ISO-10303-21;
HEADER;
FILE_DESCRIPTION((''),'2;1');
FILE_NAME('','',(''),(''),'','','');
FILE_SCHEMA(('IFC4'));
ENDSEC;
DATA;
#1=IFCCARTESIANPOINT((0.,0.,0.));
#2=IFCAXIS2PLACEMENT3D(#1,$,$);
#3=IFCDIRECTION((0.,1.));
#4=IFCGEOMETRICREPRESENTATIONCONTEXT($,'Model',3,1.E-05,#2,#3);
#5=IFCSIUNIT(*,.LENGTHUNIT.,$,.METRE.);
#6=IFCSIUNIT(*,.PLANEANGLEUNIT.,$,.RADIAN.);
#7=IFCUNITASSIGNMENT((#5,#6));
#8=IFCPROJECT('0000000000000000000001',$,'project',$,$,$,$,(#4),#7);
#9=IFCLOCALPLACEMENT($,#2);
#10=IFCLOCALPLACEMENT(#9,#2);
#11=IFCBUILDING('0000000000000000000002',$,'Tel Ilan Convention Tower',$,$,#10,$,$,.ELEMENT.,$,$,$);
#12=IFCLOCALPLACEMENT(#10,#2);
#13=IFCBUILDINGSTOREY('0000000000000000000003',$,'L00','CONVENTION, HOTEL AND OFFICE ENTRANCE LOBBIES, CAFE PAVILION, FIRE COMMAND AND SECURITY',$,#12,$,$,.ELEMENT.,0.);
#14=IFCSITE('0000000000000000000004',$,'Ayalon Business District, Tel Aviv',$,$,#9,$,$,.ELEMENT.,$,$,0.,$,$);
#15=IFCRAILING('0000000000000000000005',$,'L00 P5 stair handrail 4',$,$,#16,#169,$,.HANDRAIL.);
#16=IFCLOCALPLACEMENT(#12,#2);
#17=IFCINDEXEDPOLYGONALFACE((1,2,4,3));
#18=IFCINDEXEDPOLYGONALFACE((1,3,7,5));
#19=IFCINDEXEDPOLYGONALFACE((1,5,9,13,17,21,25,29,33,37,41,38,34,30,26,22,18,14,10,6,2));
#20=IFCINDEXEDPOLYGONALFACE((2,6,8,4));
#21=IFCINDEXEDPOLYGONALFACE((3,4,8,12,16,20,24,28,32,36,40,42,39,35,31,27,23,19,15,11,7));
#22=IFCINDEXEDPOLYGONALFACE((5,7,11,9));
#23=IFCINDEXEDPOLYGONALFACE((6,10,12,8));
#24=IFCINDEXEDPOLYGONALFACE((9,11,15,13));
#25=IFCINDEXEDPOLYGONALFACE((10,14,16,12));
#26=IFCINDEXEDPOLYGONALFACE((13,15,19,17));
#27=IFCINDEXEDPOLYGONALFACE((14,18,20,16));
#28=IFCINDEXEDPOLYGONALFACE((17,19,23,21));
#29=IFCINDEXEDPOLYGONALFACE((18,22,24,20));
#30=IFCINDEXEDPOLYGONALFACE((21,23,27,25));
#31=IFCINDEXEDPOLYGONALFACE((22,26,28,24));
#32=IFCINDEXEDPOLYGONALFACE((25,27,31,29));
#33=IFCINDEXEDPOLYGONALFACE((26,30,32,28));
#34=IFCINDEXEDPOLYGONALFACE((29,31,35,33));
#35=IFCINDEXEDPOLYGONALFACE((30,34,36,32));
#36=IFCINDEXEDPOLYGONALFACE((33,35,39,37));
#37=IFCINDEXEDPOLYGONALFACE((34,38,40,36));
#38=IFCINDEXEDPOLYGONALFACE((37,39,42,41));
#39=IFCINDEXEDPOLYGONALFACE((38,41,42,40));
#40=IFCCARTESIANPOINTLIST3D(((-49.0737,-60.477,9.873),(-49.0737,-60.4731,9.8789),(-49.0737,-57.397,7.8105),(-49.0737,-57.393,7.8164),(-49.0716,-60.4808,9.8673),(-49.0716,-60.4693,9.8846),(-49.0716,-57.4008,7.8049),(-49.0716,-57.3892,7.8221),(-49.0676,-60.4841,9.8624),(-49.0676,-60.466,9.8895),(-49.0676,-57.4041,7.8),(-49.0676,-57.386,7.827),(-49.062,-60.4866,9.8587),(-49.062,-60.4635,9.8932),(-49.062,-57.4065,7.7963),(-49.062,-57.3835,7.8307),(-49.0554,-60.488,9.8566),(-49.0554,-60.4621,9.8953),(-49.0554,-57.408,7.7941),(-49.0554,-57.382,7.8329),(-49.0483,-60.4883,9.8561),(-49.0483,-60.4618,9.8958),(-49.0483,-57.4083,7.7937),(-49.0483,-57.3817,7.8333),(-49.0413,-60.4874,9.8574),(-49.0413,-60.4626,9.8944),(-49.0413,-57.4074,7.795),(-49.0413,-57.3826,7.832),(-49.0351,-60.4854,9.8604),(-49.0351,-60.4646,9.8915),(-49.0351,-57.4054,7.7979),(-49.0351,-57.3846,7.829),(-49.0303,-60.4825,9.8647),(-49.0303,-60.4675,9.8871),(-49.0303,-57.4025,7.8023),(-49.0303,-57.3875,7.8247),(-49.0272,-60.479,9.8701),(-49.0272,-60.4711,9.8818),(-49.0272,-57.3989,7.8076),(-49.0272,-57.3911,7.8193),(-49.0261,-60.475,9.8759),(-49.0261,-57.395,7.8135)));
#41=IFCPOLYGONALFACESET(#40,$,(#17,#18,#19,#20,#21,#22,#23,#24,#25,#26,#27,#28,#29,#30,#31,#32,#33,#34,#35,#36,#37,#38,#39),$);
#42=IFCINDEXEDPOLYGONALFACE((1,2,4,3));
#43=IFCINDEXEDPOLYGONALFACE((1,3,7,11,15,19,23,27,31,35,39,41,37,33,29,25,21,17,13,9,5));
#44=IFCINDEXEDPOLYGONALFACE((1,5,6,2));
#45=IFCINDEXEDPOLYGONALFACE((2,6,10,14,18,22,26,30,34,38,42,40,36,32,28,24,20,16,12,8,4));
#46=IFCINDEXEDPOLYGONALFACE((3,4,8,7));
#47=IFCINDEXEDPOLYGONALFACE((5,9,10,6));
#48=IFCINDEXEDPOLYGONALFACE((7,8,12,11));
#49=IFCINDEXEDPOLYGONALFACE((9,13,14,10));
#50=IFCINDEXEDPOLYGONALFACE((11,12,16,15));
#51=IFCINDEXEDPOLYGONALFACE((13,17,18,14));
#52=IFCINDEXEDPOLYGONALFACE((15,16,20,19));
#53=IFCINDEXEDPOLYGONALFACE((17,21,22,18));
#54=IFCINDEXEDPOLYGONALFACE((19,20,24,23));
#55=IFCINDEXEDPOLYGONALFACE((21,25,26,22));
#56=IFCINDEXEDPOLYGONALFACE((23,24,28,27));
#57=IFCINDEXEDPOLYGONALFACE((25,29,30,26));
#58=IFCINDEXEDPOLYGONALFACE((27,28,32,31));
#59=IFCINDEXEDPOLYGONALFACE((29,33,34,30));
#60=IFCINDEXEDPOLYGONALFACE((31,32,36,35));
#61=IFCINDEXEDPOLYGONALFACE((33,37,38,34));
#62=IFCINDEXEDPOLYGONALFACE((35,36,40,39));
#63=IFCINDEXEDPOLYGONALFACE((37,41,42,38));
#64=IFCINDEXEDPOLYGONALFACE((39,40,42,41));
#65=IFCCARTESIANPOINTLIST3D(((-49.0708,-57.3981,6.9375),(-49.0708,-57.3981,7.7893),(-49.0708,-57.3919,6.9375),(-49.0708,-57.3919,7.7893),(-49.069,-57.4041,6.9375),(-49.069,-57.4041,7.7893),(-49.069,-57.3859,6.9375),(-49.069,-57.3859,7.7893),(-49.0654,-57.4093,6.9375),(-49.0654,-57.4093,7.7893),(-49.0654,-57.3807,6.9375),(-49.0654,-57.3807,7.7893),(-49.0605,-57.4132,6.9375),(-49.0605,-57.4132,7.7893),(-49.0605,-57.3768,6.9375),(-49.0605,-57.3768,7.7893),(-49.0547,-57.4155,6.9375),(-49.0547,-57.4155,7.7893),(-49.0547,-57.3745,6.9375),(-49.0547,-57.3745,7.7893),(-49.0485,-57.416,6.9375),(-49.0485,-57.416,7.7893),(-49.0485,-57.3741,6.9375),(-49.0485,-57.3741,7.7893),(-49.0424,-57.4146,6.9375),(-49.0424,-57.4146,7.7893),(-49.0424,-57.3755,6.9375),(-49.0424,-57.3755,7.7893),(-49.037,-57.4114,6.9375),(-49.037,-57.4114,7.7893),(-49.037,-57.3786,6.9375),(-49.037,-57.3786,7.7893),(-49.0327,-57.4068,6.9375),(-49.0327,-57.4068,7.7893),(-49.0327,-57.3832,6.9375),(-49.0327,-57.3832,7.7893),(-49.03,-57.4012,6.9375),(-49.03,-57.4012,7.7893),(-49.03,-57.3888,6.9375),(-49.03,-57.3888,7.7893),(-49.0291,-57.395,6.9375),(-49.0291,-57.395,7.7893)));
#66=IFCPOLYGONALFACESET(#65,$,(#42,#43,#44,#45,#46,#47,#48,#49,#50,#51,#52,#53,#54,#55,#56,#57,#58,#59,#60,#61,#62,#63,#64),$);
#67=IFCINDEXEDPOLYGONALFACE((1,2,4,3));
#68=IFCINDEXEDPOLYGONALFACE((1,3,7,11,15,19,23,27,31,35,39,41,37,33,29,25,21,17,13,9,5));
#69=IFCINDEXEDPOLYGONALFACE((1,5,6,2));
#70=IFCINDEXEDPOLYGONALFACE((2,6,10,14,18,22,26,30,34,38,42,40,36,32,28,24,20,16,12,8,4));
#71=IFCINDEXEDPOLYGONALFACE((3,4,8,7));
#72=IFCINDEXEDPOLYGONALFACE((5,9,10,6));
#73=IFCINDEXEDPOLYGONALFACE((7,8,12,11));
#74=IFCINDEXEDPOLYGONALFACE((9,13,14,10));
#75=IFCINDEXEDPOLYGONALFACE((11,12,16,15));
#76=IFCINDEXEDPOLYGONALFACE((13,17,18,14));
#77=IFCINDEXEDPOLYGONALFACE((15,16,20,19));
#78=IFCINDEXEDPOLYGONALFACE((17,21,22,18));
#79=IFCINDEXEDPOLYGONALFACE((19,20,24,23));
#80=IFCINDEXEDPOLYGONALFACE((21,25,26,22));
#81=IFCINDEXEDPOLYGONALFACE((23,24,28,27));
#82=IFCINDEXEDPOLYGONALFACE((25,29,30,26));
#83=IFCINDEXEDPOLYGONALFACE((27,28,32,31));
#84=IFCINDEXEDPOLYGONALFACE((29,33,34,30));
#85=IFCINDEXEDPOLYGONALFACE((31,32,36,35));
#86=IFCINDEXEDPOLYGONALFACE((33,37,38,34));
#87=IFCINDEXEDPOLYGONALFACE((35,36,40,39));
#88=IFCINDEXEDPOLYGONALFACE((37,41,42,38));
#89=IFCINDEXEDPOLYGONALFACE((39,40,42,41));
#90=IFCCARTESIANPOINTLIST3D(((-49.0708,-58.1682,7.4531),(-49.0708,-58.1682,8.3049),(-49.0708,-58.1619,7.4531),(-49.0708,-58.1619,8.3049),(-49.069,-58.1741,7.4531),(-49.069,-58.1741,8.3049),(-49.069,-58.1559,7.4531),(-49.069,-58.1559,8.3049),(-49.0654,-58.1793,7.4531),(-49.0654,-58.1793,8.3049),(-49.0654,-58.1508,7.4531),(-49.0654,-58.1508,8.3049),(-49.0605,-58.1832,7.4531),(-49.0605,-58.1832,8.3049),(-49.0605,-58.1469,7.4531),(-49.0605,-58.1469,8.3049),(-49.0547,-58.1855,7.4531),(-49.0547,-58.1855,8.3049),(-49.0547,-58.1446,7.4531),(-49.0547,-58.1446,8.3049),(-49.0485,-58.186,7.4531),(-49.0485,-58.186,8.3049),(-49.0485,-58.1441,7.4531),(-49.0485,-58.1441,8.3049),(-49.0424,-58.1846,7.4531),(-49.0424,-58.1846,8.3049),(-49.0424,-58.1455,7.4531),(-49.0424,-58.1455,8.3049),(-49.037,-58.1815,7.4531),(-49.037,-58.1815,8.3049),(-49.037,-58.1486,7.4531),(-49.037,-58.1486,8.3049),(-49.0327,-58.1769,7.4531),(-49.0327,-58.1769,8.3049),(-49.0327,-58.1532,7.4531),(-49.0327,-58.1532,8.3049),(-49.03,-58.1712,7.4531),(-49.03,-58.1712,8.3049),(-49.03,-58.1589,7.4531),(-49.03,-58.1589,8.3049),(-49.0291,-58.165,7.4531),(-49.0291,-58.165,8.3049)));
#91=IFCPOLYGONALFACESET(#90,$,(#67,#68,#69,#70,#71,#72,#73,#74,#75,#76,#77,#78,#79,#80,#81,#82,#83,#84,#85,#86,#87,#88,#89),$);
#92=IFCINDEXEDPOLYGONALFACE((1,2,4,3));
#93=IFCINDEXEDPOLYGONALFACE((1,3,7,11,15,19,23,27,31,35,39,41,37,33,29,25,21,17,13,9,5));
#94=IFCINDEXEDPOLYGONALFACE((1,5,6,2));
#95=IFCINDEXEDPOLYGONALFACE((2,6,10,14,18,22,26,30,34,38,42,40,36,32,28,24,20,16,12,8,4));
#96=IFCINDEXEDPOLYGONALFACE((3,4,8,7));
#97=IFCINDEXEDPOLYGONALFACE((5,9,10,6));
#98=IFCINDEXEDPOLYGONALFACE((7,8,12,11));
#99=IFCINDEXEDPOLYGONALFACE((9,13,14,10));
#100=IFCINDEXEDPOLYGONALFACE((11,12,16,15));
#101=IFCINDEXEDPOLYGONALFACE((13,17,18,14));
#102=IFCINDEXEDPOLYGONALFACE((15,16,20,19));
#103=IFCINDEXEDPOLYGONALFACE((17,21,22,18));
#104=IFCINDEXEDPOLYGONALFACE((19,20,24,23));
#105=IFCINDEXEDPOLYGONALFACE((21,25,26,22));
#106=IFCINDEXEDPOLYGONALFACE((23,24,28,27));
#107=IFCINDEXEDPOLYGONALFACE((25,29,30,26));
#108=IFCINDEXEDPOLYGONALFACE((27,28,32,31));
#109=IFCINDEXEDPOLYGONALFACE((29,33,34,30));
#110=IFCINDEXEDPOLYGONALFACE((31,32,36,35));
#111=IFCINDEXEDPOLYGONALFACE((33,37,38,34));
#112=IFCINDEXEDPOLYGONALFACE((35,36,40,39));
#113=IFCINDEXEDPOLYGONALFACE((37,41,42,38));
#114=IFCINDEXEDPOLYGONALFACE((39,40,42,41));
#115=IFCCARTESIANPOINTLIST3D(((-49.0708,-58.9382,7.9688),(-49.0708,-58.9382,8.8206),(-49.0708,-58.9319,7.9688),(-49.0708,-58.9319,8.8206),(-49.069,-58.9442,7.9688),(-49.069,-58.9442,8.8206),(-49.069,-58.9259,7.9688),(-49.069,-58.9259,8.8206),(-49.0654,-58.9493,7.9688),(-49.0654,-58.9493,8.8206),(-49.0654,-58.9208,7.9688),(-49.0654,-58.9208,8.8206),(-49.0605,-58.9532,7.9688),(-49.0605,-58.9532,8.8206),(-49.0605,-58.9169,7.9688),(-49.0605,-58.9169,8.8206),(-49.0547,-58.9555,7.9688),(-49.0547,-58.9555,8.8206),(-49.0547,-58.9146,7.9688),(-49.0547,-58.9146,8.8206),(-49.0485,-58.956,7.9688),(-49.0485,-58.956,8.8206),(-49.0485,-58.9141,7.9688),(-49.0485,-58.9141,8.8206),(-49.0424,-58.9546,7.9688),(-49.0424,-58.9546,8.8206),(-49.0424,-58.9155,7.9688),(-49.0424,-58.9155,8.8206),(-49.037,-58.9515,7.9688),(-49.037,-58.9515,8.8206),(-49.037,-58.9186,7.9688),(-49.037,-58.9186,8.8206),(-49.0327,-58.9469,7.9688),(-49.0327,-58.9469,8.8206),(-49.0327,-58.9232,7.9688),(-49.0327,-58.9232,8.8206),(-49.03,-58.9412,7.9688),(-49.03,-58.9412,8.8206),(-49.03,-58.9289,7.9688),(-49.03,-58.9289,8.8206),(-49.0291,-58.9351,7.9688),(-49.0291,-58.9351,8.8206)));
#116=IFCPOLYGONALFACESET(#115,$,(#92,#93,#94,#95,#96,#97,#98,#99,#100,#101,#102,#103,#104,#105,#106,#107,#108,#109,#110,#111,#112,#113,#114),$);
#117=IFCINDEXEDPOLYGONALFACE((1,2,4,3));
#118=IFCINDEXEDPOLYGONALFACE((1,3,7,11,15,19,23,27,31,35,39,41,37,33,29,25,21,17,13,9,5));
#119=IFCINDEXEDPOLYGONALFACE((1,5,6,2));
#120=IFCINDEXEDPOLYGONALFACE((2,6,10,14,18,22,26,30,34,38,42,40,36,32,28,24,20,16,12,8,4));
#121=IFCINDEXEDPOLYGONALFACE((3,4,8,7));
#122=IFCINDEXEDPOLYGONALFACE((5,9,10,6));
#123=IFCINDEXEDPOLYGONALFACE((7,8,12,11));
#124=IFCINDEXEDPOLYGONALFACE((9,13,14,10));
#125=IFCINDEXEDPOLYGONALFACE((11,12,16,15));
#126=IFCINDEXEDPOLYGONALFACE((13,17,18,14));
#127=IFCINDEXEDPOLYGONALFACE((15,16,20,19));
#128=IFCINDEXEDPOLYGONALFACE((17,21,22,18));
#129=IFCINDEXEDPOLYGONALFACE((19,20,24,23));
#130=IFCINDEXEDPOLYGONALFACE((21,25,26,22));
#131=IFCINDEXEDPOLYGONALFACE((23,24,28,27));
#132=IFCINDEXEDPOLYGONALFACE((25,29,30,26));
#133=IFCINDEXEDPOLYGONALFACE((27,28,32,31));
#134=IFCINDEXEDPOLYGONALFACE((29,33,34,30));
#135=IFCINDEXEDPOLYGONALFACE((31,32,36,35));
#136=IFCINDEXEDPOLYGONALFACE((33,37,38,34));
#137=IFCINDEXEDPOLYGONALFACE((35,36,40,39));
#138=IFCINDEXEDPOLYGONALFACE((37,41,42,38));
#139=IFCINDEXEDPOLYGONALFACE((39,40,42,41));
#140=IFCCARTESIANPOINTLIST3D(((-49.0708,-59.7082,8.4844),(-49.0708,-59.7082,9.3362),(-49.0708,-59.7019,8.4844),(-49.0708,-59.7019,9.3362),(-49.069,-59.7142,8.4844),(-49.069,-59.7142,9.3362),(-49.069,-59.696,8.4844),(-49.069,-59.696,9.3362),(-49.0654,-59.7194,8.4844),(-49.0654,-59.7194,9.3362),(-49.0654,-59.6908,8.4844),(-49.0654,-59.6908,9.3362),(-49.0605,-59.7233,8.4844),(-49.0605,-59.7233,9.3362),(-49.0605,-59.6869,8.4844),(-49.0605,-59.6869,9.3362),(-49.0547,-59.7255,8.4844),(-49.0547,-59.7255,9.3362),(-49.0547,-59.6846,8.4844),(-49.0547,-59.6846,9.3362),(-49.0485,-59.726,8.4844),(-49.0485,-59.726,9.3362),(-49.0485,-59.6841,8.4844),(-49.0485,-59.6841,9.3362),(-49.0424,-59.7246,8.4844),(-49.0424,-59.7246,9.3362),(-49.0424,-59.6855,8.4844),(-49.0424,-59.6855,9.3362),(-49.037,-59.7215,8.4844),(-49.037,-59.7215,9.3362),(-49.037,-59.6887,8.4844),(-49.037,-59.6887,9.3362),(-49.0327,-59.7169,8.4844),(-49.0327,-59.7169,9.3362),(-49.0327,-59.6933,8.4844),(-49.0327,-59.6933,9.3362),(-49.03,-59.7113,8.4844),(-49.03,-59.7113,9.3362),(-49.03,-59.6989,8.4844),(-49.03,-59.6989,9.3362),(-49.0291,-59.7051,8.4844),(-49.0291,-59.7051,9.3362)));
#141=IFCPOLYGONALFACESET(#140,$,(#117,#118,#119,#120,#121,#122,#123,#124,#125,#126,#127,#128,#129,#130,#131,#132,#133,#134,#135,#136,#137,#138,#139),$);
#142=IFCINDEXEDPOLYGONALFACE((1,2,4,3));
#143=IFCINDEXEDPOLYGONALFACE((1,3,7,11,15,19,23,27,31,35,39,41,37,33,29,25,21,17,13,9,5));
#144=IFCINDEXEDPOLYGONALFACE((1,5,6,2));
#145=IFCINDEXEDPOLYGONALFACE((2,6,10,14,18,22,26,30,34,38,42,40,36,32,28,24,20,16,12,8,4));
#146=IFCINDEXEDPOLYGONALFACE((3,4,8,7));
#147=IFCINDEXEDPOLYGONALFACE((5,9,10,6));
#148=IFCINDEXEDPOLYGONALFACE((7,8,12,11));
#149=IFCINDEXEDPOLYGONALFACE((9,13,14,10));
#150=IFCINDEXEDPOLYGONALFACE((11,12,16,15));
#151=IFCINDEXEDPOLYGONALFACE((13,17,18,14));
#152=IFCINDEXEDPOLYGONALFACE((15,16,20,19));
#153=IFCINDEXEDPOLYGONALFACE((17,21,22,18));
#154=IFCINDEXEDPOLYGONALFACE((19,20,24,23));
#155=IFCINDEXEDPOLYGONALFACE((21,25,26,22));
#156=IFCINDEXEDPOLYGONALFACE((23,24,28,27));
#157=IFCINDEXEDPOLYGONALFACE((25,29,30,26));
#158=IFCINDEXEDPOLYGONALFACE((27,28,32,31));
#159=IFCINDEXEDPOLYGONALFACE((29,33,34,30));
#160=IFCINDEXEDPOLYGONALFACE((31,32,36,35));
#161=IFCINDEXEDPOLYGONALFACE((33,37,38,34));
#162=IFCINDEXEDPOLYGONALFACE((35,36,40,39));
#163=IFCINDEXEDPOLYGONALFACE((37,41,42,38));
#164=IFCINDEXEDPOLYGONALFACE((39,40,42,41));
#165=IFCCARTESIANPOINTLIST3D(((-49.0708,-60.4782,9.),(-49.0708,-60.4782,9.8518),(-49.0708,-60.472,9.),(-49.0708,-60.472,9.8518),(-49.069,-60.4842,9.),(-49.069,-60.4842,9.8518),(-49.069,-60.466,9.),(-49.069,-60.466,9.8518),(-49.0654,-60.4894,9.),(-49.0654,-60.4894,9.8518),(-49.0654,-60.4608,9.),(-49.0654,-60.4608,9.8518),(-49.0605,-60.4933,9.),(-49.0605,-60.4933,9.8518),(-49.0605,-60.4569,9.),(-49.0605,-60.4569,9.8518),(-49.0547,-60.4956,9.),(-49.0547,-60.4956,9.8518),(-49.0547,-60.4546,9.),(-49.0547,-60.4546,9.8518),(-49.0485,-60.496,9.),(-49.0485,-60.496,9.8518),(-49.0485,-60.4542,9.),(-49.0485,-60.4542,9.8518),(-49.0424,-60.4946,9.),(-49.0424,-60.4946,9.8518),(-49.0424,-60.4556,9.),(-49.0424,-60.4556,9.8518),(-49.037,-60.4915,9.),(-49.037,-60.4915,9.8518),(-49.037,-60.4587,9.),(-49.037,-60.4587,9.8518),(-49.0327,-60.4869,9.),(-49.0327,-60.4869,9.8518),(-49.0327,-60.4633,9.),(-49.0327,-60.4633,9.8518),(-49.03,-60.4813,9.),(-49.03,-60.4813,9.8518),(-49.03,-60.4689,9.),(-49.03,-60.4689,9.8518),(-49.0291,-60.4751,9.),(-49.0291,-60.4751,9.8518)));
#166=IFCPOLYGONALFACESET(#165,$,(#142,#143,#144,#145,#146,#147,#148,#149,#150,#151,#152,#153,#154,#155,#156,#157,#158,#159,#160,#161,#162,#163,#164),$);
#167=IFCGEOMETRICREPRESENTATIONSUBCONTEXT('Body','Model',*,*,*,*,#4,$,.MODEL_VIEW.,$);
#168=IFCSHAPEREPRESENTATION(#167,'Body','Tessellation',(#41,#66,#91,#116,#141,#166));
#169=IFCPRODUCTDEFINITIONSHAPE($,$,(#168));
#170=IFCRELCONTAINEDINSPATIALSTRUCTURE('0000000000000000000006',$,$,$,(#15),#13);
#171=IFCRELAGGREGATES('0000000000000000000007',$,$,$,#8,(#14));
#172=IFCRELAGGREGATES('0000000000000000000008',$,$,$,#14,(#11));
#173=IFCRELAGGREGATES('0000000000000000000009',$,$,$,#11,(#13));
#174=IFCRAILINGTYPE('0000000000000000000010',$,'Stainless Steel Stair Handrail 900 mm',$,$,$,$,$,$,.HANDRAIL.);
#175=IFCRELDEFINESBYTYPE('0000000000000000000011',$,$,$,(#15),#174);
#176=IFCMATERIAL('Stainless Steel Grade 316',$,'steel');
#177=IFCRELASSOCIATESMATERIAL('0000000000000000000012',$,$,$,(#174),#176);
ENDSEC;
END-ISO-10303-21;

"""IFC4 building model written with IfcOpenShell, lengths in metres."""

from ifc_helpers import new_model, si_unit, direction, frame, origin, origin_2d, place, context, subcontext, project, spatial, circle, extrude, material, type_object, element, save


model = new_model("IFC4")

# Units and contexts
model_context = context("Model", 3, precision=1e-05, world=origin(), true_north=direction((0.0, 1.0)))
body_context = subcontext(model_context, "Body", "Model", "MODEL_VIEW")
ifc_project = project(units=[si_unit("LENGTHUNIT", "METRE"), si_unit("PLANEANGLEUNIT", "RADIAN")], contexts=[model_context])

# Site, building, storey
site_placement = place(None, origin())
site = spatial("IfcSite", under=ifc_project, at=site_placement, Name="Ayalon Business District, Tel Aviv", CompositionType="ELEMENT", RefElevation=0.0)
building_placement = place(site_placement, origin())
building = spatial("IfcBuilding", under=site, at=building_placement, Name="Tel Ilan Convention Tower", CompositionType="ELEMENT")
storey_placement = place(building_placement, origin())
storey = spatial("IfcBuildingStorey", under=building, at=storey_placement, Name="L00", Description="CONVENTION, HOTEL AND OFFICE ENTRANCE LOBBIES, CAFE PAVILION, FIRE COMMAND AND SECURITY", CompositionType="ELEMENT", Elevation=0.0)

# Railing
ifc_material_1 = material(Name="Stainless Steel Grade 316", Category="steel")
railing_type_1 = type_object("IfcRailingType", Name="Stainless Steel Stair Handrail 900 mm", PredefinedType="HANDRAIL", material=ifc_material_1)
for number, where, name in (
    (1, (-49.05, -57.395, 6.9375), "L00 P5 stair handrail 4"),
):
    element("IfcRailing", number, at=place(storey_placement, frame(where)), inside=storey, type_object=railing_type_1, Name=name, PredefinedType="HANDRAIL", context=body_context, shape_type="SweptSolid", body=[
        extrude(circle(Radius=0.0239, at=origin_2d()), frame((0.0, 0.0, 0.876), z_axis=(0.0, -0.830914, 0.556401), x_axis=(1.0, 0.0, 0.0)), (0.0, 0.0, 1.0), 3.7068),
        extrude(circle(Radius=0.021, at=origin_2d()), origin(), (0.0, 0.0, 1.0), 0.8518),
        extrude(circle(Radius=0.021, at=origin_2d()), frame((0.0, -0.77, 0.5156)), (0.0, 0.0, 1.0), 0.8518),
        extrude(circle(Radius=0.021, at=origin_2d()), frame((0.0, -1.54, 1.0312)), (0.0, 0.0, 1.0), 0.8518),
        extrude(circle(Radius=0.021, at=origin_2d()), frame((0.0, -2.3101, 1.5469)), (0.0, 0.0, 1.0), 0.8518),
        extrude(circle(Radius=0.021, at=origin_2d()), frame((0.0, -3.0801, 2.0625)), (0.0, 0.0, 1.0), 0.8518),
    ])

save(model, "model.ifc")
